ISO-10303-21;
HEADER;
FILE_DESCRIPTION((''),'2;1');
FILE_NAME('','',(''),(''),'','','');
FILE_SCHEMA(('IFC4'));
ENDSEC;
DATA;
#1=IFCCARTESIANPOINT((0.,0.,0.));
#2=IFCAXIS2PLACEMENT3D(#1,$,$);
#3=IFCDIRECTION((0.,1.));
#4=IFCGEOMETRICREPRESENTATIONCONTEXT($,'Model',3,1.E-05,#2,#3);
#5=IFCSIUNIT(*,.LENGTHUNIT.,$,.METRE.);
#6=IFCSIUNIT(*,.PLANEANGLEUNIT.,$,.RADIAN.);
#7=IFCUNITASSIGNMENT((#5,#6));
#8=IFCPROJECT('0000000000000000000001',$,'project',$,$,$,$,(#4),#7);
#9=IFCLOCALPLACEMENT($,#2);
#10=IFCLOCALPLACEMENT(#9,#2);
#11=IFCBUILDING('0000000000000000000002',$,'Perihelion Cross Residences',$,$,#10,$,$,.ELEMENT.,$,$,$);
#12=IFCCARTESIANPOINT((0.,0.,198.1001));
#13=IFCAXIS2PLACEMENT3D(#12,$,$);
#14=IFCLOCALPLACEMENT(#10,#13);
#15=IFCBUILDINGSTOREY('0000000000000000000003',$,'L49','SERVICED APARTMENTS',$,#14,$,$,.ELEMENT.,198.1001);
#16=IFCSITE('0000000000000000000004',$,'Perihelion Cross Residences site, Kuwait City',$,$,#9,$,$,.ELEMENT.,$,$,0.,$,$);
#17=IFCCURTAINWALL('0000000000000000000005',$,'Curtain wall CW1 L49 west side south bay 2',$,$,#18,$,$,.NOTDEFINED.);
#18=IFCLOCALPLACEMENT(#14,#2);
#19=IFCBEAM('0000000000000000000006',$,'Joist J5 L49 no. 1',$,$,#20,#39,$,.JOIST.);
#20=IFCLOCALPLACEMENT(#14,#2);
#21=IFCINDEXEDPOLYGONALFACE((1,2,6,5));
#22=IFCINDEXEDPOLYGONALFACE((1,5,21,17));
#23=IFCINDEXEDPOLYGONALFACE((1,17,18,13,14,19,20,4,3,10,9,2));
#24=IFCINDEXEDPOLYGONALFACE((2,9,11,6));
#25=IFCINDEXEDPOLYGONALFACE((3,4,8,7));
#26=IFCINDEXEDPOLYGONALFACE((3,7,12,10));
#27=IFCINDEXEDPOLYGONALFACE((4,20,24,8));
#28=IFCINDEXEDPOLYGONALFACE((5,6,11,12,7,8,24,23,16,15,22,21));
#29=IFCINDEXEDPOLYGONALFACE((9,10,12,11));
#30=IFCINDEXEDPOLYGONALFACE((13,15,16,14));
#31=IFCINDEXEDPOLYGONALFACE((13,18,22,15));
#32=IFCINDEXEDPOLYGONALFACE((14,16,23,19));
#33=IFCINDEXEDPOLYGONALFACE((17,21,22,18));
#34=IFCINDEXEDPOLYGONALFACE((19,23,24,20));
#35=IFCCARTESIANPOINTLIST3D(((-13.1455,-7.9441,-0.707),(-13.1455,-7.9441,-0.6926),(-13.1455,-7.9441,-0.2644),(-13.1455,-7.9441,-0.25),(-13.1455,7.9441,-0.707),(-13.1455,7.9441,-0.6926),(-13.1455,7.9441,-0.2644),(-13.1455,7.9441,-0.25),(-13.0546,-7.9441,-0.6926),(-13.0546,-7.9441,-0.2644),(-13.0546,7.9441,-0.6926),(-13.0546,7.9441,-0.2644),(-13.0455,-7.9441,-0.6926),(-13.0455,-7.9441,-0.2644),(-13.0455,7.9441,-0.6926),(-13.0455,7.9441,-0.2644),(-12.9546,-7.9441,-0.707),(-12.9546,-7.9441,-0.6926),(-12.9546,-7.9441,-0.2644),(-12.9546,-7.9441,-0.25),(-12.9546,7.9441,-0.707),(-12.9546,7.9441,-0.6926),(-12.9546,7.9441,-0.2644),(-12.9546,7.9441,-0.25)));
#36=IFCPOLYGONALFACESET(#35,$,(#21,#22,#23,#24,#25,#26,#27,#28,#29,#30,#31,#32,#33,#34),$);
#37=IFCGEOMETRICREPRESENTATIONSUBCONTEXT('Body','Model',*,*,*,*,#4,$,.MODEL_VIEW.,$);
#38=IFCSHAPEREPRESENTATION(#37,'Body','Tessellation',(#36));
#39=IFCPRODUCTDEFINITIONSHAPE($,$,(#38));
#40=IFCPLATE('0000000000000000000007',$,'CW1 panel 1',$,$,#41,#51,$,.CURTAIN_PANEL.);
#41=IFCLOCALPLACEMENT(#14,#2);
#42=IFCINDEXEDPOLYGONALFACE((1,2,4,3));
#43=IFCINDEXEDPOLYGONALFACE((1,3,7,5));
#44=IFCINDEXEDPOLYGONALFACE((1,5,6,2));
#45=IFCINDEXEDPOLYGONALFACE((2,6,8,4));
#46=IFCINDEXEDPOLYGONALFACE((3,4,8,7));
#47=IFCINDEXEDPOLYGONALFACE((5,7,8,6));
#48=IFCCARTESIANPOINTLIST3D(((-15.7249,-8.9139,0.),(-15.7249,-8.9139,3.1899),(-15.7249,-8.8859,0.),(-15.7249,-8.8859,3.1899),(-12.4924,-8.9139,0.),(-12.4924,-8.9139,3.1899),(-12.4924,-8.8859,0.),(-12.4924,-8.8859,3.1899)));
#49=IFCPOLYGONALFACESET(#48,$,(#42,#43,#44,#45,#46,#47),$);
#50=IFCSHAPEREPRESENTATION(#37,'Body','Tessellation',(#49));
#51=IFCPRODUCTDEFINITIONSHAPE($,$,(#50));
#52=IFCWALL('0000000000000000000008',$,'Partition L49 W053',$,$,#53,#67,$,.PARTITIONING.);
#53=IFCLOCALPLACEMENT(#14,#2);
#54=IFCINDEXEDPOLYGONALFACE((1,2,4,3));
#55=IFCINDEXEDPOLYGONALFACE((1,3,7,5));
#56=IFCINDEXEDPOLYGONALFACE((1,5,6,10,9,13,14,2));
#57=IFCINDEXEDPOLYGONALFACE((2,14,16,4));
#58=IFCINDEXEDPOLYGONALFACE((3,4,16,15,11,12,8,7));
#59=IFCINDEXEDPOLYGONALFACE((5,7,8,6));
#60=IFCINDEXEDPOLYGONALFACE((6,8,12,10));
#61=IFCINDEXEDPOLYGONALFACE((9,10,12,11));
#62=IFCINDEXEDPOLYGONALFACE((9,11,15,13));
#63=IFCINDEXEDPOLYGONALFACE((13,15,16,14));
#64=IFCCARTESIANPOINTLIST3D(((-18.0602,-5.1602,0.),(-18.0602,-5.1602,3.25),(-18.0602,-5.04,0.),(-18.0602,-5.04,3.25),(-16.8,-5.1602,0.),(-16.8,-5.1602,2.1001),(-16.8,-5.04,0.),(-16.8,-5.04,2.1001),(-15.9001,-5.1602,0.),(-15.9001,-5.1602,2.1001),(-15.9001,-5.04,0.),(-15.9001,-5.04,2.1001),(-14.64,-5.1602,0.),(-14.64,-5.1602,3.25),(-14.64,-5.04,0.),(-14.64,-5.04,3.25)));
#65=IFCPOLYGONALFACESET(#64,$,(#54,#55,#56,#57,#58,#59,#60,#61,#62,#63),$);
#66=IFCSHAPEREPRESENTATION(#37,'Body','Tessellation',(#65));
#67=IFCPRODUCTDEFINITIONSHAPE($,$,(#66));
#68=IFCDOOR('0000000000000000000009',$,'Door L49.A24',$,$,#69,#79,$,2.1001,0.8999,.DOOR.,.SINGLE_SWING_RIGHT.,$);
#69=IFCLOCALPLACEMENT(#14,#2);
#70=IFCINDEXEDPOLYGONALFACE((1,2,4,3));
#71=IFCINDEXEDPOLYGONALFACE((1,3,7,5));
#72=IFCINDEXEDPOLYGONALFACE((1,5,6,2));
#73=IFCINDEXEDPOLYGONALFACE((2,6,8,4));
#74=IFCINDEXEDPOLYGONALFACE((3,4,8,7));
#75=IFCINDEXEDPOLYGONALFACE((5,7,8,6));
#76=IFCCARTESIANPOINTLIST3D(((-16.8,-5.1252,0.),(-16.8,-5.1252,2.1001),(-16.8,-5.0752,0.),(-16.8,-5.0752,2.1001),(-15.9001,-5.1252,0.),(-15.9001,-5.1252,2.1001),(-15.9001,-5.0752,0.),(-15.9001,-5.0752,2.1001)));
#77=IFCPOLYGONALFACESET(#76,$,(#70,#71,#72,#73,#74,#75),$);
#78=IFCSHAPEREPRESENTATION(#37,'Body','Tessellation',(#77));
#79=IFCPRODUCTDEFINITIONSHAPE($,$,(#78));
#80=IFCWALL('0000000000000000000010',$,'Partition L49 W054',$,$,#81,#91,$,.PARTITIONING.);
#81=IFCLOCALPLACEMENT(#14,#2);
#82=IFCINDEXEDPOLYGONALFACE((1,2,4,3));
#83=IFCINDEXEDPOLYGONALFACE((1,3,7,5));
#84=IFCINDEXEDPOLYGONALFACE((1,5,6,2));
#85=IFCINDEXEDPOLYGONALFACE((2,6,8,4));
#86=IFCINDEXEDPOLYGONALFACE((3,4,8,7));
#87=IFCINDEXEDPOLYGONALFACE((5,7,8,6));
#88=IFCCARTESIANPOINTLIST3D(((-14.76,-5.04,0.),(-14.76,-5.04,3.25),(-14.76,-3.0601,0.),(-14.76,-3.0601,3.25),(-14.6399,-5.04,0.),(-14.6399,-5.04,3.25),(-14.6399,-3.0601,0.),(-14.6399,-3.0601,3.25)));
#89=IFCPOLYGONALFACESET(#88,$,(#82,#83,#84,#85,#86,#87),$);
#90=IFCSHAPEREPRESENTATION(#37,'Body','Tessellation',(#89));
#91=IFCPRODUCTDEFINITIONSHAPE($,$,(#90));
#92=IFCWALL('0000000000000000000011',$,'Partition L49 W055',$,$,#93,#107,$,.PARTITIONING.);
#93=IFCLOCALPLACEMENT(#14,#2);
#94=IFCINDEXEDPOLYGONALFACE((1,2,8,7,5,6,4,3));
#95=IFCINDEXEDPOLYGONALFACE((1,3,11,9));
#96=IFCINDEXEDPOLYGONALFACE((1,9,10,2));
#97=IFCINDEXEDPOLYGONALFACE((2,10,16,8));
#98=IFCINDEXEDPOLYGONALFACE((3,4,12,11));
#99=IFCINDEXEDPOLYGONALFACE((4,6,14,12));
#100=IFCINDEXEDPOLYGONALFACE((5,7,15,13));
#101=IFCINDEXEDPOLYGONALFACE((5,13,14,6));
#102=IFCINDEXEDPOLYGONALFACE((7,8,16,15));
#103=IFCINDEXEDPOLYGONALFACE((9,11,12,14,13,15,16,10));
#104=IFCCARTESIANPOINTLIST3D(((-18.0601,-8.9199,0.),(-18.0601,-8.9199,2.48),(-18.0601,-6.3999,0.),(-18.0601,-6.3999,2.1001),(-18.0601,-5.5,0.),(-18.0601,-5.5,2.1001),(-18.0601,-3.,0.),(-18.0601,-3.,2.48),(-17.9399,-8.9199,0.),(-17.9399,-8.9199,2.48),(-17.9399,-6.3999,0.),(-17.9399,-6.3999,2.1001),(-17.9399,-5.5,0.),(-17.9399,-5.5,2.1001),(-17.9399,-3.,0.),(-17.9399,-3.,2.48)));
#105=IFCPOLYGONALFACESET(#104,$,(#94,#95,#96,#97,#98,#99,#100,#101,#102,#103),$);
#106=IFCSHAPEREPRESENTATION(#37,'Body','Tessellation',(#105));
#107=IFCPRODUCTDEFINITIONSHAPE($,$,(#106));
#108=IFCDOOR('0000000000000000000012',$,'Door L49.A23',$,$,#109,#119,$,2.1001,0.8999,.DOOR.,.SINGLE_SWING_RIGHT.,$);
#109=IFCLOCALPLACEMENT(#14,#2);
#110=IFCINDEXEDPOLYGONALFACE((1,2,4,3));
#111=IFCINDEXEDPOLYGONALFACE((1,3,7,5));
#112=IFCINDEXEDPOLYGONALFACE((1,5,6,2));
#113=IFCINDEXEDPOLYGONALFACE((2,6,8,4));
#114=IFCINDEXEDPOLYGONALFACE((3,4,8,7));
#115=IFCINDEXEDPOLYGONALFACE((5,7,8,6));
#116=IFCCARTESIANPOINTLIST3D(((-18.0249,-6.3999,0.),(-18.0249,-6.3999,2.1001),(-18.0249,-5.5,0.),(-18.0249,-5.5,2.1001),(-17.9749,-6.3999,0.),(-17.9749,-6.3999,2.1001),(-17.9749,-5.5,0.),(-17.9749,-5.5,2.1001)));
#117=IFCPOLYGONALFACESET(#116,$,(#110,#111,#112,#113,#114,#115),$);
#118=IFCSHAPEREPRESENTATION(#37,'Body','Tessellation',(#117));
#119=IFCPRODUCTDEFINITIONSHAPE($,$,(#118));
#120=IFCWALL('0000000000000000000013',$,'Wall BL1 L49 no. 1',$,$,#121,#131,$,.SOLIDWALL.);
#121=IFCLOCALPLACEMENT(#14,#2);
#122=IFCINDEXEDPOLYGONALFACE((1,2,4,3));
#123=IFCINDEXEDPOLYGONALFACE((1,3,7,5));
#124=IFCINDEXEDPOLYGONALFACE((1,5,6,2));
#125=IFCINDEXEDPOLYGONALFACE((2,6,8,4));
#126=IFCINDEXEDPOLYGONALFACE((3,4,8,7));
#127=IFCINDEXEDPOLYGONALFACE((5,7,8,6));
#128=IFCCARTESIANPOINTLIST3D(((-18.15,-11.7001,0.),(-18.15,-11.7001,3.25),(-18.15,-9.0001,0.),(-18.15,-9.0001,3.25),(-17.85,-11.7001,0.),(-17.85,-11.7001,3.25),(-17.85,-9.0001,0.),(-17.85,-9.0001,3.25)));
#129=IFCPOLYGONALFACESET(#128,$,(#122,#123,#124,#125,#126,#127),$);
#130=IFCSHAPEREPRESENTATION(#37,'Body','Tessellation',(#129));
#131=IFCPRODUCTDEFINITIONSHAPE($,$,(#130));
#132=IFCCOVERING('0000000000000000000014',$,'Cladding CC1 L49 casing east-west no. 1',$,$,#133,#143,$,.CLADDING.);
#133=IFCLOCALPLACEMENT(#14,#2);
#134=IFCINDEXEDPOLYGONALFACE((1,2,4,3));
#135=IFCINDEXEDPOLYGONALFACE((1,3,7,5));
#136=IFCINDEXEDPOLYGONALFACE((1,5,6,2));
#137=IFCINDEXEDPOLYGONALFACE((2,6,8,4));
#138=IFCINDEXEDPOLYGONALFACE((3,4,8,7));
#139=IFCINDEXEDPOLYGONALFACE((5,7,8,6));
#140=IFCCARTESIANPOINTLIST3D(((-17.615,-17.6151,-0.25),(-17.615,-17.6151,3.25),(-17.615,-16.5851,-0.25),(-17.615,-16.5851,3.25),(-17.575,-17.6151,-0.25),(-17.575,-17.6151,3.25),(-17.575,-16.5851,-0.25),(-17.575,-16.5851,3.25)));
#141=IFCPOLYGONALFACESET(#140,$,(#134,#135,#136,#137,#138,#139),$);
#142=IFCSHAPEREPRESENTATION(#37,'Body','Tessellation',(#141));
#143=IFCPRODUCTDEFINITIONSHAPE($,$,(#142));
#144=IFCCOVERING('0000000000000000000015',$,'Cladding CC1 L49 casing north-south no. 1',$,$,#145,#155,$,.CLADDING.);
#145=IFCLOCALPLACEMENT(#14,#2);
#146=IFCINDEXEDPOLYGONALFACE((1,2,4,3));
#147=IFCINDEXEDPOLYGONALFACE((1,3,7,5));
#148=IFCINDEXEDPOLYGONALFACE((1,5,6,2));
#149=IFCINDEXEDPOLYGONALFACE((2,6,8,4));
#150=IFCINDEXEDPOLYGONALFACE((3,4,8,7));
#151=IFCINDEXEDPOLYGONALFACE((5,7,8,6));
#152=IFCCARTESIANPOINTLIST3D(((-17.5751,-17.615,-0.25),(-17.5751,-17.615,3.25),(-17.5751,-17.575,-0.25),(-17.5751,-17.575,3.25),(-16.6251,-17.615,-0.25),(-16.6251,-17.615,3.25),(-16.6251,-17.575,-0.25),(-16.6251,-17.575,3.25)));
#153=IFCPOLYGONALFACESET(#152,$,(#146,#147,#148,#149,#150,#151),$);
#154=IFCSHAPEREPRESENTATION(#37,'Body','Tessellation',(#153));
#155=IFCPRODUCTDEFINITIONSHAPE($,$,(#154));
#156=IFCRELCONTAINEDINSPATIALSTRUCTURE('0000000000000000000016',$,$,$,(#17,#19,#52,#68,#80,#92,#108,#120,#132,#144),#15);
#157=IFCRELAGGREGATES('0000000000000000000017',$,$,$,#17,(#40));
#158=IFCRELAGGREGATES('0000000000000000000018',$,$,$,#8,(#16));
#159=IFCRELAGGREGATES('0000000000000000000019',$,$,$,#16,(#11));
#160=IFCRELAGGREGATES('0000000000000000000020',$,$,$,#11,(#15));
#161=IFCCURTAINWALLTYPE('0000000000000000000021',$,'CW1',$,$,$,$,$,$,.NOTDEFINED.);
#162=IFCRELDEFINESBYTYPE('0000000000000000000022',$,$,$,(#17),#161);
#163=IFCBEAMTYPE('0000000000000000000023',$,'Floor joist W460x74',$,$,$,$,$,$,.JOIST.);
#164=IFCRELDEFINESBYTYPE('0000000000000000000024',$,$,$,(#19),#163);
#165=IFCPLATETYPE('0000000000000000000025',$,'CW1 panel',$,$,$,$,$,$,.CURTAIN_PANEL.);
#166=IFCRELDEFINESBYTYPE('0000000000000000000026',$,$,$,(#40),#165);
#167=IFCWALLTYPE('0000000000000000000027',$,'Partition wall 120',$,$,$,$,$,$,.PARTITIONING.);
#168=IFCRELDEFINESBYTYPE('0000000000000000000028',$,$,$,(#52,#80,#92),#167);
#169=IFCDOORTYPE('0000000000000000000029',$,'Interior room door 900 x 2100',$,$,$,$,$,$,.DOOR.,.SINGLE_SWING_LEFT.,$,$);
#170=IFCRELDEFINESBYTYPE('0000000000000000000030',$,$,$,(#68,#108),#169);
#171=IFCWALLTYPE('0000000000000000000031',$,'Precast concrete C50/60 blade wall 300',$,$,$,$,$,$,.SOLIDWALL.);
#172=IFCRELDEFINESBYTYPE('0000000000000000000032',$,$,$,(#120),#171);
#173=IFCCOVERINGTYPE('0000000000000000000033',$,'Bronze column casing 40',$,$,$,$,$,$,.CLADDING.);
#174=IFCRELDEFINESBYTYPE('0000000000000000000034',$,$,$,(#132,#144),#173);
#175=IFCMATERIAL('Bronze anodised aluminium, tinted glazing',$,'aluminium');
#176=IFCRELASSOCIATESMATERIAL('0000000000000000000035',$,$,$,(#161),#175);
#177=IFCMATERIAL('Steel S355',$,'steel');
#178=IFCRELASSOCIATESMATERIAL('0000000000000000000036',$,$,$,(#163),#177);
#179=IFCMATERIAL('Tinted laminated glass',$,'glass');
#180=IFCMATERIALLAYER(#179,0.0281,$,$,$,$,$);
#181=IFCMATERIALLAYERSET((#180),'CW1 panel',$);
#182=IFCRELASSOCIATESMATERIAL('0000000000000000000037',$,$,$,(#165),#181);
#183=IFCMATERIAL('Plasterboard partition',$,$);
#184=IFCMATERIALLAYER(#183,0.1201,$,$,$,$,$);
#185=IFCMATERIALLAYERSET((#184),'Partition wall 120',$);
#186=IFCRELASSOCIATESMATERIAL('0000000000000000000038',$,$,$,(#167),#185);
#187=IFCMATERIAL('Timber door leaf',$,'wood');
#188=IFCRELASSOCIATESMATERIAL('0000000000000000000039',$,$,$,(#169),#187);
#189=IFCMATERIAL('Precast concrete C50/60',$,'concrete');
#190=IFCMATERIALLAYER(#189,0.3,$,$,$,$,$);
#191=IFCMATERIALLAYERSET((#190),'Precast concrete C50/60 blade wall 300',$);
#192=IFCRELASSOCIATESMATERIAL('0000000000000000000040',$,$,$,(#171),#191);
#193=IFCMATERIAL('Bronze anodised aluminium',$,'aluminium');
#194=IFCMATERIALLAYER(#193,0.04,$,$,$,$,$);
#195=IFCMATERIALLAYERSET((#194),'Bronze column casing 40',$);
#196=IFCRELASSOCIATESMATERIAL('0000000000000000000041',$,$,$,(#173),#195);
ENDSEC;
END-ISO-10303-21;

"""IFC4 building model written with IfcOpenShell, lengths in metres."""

from ifc_helpers import new_model, si_unit, direction, frame, frame_2d, origin, origin_2d, place, context, subcontext, project, spatial, rectangle, i_section, extrude, material, layer, layer_set, material_profile, profile_set, type_object, element, fill, aggregate, save


model = new_model("IFC4")

# Units and contexts
model_context = context("Model", 3, precision=1e-05, world=origin(), true_north=direction((0.0, 1.0)))
body_context = subcontext(model_context, "Body", "Model", "MODEL_VIEW")
ifc_project = project(units=[si_unit("LENGTHUNIT", "METRE"), si_unit("PLANEANGLEUNIT", "RADIAN")], contexts=[model_context])

# Site, building, storey
site_placement = place(None, origin())
site = spatial("IfcSite", under=ifc_project, at=site_placement, Name="Perihelion Cross Residences site, Kuwait City", CompositionType="ELEMENT", RefElevation=0.0)
building_placement = place(site_placement, origin())
building = spatial("IfcBuilding", under=site, at=building_placement, Name="Perihelion Cross Residences", CompositionType="ELEMENT")
storey_placement = place(building_placement, frame((0.0, 0.0, 198.1001)))
storey = spatial("IfcBuildingStorey", under=building, at=storey_placement, Name="L49", Description="SERVICED APARTMENTS", CompositionType="ELEMENT", Elevation=198.1001)

# Curtain wall
ifc_material_1 = material(Name="Bronze anodised aluminium, tinted glazing", Category="aluminium")
curtain_wall_type = type_object("IfcCurtainWallType", Name="CW1", PredefinedType="NOTDEFINED", material=ifc_material_1)
curtain_wall_placement = place(storey_placement, origin())
curtain_wall = element("IfcCurtainWall", 1, at=curtain_wall_placement, inside=storey, type_object=curtain_wall_type, Name="Curtain wall CW1 L49 west side south bay 2", PredefinedType="NOTDEFINED")

# Beam
ifc_material_2 = material(Name="Steel S355", Category="steel")
ifc_material_profile_1 = material_profile(ifc_material_2, i_section(OverallWidth=0.1909, OverallDepth=0.457, WebThickness=0.009, FlangeThickness=0.0144, at=origin_2d()), Name="W460x74")
ifc_profile_set_1 = profile_set([ifc_material_profile_1], Name="Steel S355")
beam_type_1 = type_object("IfcBeamType", Name="Floor joist W460x74", PredefinedType="JOIST", material=ifc_profile_set_1)
beam_1_placement = place(storey_placement, frame((-13.05, -7.9441, -0.4785), z_axis=(0.0, 1.0, 0.0), x_axis=(-1.0, 0.0, 0.0)))
element("IfcBeam", 2, at=beam_1_placement, inside=storey, type_object=beam_type_1, Name="Joist J5 L49 no. 1", PredefinedType="JOIST", context=body_context, shape_type="SweptSolid", body=[
    extrude(i_section(OverallWidth=0.1909, OverallDepth=0.457, WebThickness=0.009, FlangeThickness=0.0144, at=origin_2d()), origin(), (0.0, 0.0, 1.0), 15.8882),
])

# Plate
ifc_material_3 = material(Name="Tinted laminated glass", Category="glass")
ifc_layer_1 = layer(ifc_material_3, 0.0281)
ifc_layer_set_1 = layer_set([ifc_layer_1], Name="CW1 panel")
plate_type = type_object("IfcPlateType", Name="CW1 panel", PredefinedType="CURTAIN_PANEL", material=ifc_layer_set_1)
plate_placement = place(storey_placement, frame((-14.1086, -8.8999, 0.0), z_axis=(0.0, 0.0, 1.0), x_axis=(1.0, 0.0, 0.0)))
plate = element("IfcPlate", 3, at=plate_placement, type_object=plate_type, Name="CW1 panel 1", PredefinedType="CURTAIN_PANEL", context=body_context, shape_type="SweptSolid", body=[
    extrude(rectangle(XDim=3.2324, YDim=0.0281, at=origin_2d()), origin(), (0.0, 0.0, 1.0), 3.1899),
])
aggregate(curtain_wall, [plate])

# Wall, opening, door
ifc_material_4 = material(Name="Plasterboard partition")
ifc_layer_2 = layer(ifc_material_4, 0.1201)
ifc_layer_set_2 = layer_set([ifc_layer_2], Name="Partition wall 120")
wall_type_1 = type_object("IfcWallType", Name="Partition wall 120", PredefinedType="PARTITIONING", material=ifc_layer_set_2)
wall_1_placement = place(storey_placement, frame((-18.0601, -5.1001, 0.0), z_axis=(0.0, 0.0, 1.0), x_axis=(1.0, 0.0, 0.0)))
wall_1 = element("IfcWall", 4, at=wall_1_placement, inside=storey, type_object=wall_type_1, Name="Partition L49 W053", PredefinedType="PARTITIONING", context=body_context, shape_type="SweptSolid", body=[
    extrude(rectangle(XDim=3.4202, YDim=0.1201, at=frame_2d((1.71, 0.0))), origin(), (0.0, 0.0, 1.0), 3.25),
])
opening_1_placement = place(wall_1_placement, frame((1.26, 0.0, 0.0)))
opening_1 = element("IfcOpeningElement", 5, at=opening_1_placement, cuts=wall_1, PredefinedType="OPENING", context=body_context, shape_type="SweptSolid", body=[
    extrude(rectangle(XDim=0.8999, YDim=2.1001, at=frame_2d((0.45, 1.05))), frame((0.0, 0.0701, 0.0), z_axis=(0.0, -1.0, 0.0), x_axis=(1.0, 0.0, 0.0)), (0.0, 0.0, 1.0), 0.1401),
])
ifc_material_5 = material(Name="Timber door leaf", Category="wood")
door_type_1 = type_object("IfcDoorType", Name="Interior room door 900 x 2100", OperationType="SINGLE_SWING_LEFT", PredefinedType="DOOR", material=ifc_material_5)
door_1_placement = place(opening_1_placement, origin())
door_1 = element("IfcDoor", 6, at=door_1_placement, inside=storey, type_object=door_type_1, Name="Door L49.A24", OperationType="SINGLE_SWING_RIGHT", OverallHeight=2.1001, OverallWidth=0.8999, PredefinedType="DOOR", context=body_context, shape_type="SweptSolid", body=[
    extrude(rectangle(XDim=0.8999, YDim=2.1001, at=frame_2d((0.45, 1.05))), frame((0.0, 0.0249, 0.0), z_axis=(0.0, -1.0, 0.0), x_axis=(1.0, 0.0, 0.0)), (0.0, 0.0, 1.0), 0.05),
])
fill(opening_1, door_1)

# Wall
wall_2_placement = place(storey_placement, frame((-14.7, -5.04, 0.0), z_axis=(0.0, 0.0, 1.0), x_axis=(0.0, 1.0, 0.0)))
element("IfcWall", 7, at=wall_2_placement, inside=storey, type_object=wall_type_1, Name="Partition L49 W054", PredefinedType="PARTITIONING", context=body_context, shape_type="SweptSolid", body=[
    extrude(rectangle(XDim=1.98, YDim=0.1201, at=frame_2d((0.99, 0.0))), origin(), (0.0, 0.0, 1.0), 3.25),
])

# Wall, opening, door
wall_3_placement = place(storey_placement, frame((-18.0, -8.9199, 0.0), z_axis=(0.0, 0.0, 1.0), x_axis=(0.0, 1.0, 0.0)))
wall_3 = element("IfcWall", 8, at=wall_3_placement, inside=storey, type_object=wall_type_1, Name="Partition L49 W055", PredefinedType="PARTITIONING", context=body_context, shape_type="SweptSolid", body=[
    extrude(rectangle(XDim=5.9199, YDim=0.1201, at=frame_2d((2.96, 0.0))), origin(), (0.0, 0.0, 1.0), 2.48),
])
opening_2_placement = place(wall_3_placement, frame((2.52, 0.0, 0.0)))
opening_2 = element("IfcOpeningElement", 9, at=opening_2_placement, cuts=wall_3, PredefinedType="OPENING", context=body_context, shape_type="SweptSolid", body=[
    extrude(rectangle(XDim=0.8999, YDim=2.1001, at=frame_2d((0.45, 1.05))), frame((0.0, 0.0701, 0.0), z_axis=(0.0, -1.0, 0.0), x_axis=(1.0, 0.0, 0.0)), (0.0, 0.0, 1.0), 0.1401),
])
door_2_placement = place(opening_2_placement, origin())
door_2 = element("IfcDoor", 10, at=door_2_placement, inside=storey, type_object=door_type_1, Name="Door L49.A23", OperationType="SINGLE_SWING_RIGHT", OverallHeight=2.1001, OverallWidth=0.8999, PredefinedType="DOOR", context=body_context, shape_type="SweptSolid", body=[
    extrude(rectangle(XDim=0.8999, YDim=2.1001, at=frame_2d((0.45, 1.05))), frame((0.0, 0.0249, 0.0), z_axis=(0.0, -1.0, 0.0), x_axis=(1.0, 0.0, 0.0)), (0.0, 0.0, 1.0), 0.05),
])
fill(opening_2, door_2)

# Wall
ifc_material_6 = material(Name="Precast concrete C50/60", Category="concrete")
ifc_layer_3 = layer(ifc_material_6, 0.3)
ifc_layer_set_3 = layer_set([ifc_layer_3], Name="Precast concrete C50/60 blade wall 300")
wall_type_2 = type_object("IfcWallType", Name="Precast concrete C50/60 blade wall 300", PredefinedType="SOLIDWALL", material=ifc_layer_set_3)
wall_4_placement = place(storey_placement, frame((-18.0, -9.0, 0.0), z_axis=(0.0, 0.0, 1.0), x_axis=(0.0, -1.0, 0.0)))
element("IfcWall", 11, at=wall_4_placement, inside=storey, type_object=wall_type_2, Name="Wall BL1 L49 no. 1", PredefinedType="SOLIDWALL", context=body_context, shape_type="SweptSolid", body=[
    extrude(rectangle(XDim=2.7, YDim=0.3, at=frame_2d((1.3501, 0.0))), origin(), (0.0, 0.0, 1.0), 3.25),
])

# Coverings
ifc_material_7 = material(Name="Bronze anodised aluminium", Category="aluminium")
ifc_layer_4 = layer(ifc_material_7, 0.04)
ifc_layer_set_4 = layer_set([ifc_layer_4], Name="Bronze column casing 40")
covering_type = type_object("IfcCoveringType", Name="Bronze column casing 40", PredefinedType="CLADDING", material=ifc_layer_set_4)
covering_1_placement = place(storey_placement, frame((-17.595, -17.1001, -0.25), z_axis=(0.0, 0.0, 1.0), x_axis=(1.0, 0.0, 0.0)))
element("IfcCovering", 12, at=covering_1_placement, inside=storey, type_object=covering_type, Name="Cladding CC1 L49 casing east-west no. 1", PredefinedType="CLADDING", context=body_context, shape_type="SweptSolid", body=[
    extrude(rectangle(XDim=0.04, YDim=1.03, at=origin_2d()), origin(), (0.0, 0.0, 1.0), 3.5),
])
covering_2_placement = place(storey_placement, frame((-17.1001, -17.595, -0.25), z_axis=(0.0, 0.0, 1.0), x_axis=(1.0, 0.0, 0.0)))
element("IfcCovering", 13, at=covering_2_placement, inside=storey, type_object=covering_type, Name="Cladding CC1 L49 casing north-south no. 1", PredefinedType="CLADDING", context=body_context, shape_type="SweptSolid", body=[
    extrude(rectangle(XDim=0.95, YDim=0.04, at=origin_2d()), origin(), (0.0, 0.0, 1.0), 3.5),
])

save(model, "model.ifc")
